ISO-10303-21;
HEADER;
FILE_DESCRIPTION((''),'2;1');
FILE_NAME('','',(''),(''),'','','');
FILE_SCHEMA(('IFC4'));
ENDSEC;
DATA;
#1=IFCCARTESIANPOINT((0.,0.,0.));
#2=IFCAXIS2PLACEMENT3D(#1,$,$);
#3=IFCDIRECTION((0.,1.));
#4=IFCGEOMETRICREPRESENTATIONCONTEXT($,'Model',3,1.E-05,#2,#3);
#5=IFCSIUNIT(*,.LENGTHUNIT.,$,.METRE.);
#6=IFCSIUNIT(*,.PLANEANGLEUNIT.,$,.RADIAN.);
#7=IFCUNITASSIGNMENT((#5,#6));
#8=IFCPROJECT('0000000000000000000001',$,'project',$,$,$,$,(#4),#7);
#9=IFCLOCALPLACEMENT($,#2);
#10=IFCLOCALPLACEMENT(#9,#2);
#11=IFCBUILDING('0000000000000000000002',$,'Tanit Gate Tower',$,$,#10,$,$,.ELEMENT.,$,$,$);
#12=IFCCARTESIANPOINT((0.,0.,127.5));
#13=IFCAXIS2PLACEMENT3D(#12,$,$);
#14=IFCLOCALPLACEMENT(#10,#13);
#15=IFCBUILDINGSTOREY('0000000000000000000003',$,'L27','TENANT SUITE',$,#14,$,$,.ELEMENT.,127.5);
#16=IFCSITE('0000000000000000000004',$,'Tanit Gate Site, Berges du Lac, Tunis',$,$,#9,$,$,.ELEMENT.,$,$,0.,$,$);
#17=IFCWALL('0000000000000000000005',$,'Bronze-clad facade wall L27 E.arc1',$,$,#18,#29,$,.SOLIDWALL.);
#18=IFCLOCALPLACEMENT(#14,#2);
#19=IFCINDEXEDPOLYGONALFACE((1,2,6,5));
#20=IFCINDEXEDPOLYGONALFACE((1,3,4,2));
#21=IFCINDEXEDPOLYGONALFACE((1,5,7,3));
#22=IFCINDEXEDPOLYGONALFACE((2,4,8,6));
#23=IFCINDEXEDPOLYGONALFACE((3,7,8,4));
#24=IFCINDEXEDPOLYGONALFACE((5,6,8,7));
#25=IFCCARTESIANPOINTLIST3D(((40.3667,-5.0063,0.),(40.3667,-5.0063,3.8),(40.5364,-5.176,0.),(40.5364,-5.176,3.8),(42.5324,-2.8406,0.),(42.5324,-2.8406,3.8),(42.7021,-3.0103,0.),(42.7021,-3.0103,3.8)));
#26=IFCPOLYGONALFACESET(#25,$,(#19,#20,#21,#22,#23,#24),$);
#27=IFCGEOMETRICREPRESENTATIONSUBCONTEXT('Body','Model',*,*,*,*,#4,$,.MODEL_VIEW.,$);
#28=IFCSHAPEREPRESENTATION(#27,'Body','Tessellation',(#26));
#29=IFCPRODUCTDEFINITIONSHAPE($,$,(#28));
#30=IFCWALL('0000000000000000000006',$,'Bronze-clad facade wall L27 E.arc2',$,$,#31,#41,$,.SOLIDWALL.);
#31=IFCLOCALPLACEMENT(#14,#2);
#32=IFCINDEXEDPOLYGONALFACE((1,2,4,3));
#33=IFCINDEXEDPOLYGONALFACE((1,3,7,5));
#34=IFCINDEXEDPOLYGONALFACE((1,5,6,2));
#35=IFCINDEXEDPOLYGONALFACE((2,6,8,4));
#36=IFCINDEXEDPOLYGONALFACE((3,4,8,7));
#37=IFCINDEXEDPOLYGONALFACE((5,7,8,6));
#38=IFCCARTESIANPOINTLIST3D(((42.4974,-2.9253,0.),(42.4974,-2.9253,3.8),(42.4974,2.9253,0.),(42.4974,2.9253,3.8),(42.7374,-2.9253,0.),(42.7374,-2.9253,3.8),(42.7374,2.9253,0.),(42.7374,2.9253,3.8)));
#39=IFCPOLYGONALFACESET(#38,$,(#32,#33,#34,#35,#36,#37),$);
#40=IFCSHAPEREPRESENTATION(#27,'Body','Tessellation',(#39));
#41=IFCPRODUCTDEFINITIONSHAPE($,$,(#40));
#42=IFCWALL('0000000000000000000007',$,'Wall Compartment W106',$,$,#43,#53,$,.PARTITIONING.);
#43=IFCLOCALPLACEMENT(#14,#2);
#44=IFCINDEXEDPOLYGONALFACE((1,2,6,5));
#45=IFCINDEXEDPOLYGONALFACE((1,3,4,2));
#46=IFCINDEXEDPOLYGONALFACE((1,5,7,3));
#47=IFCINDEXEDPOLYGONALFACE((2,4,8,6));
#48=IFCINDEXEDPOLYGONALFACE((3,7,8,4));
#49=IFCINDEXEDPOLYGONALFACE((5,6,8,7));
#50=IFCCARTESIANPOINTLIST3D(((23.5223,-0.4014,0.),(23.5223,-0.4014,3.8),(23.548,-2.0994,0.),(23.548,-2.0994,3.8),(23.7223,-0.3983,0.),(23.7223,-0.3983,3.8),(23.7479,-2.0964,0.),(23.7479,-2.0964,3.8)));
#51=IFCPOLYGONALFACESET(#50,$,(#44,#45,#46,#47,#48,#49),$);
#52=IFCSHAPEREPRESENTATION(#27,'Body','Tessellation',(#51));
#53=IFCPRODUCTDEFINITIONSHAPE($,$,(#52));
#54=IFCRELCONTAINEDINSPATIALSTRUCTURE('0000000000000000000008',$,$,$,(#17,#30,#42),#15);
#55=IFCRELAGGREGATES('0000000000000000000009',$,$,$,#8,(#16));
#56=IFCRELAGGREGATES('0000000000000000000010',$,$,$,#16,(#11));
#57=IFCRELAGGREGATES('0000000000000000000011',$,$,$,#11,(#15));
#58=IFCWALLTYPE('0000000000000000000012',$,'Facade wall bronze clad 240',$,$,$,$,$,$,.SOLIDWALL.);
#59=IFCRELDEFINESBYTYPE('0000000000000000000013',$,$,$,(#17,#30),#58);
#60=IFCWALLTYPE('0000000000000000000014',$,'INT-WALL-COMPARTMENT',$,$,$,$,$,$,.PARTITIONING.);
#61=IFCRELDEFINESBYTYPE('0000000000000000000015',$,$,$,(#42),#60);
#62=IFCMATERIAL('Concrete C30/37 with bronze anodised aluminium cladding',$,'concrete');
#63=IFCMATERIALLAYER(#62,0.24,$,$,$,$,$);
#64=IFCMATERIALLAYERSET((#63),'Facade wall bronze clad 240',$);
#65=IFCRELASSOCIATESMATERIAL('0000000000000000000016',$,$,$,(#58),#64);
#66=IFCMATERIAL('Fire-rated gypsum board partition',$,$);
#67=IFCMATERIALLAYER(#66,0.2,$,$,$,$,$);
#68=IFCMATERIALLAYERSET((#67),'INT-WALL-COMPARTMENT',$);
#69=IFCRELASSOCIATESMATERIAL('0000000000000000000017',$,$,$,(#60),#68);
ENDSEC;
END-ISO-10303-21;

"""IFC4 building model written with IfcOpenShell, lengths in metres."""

from ifc_helpers import new_model, si_unit, direction, frame, frame_2d, origin, place, context, subcontext, project, spatial, rectangle, extrude, material, layer, layer_set, type_object, element, save


model = new_model("IFC4")

# Units and contexts
model_context = context("Model", 3, precision=1e-05, world=origin(), true_north=direction((0.0, 1.0)))
body_context = subcontext(model_context, "Body", "Model", "MODEL_VIEW")
ifc_project = project(units=[si_unit("LENGTHUNIT", "METRE"), si_unit("PLANEANGLEUNIT", "RADIAN")], contexts=[model_context])

# Site, building, storey
site_placement = place(None, origin())
site = spatial("IfcSite", under=ifc_project, at=site_placement, Name="Tanit Gate Site, Berges du Lac, Tunis", CompositionType="ELEMENT", RefElevation=0.0)
building_placement = place(site_placement, origin())
building = spatial("IfcBuilding", under=site, at=building_placement, Name="Tanit Gate Tower", CompositionType="ELEMENT")
storey_placement = place(building_placement, frame((0.0, 0.0, 127.5)))
storey = spatial("IfcBuildingStorey", under=building, at=storey_placement, Name="L27", Description="TENANT SUITE", CompositionType="ELEMENT", Elevation=127.5)

# Walls
ifc_material_1 = material(Name="Concrete C30/37 with bronze anodised aluminium cladding", Category="concrete")
ifc_layer_1 = layer(ifc_material_1, 0.24)
ifc_layer_set_1 = layer_set([ifc_layer_1], Name="Facade wall bronze clad 240")
wall_type_1 = type_object("IfcWallType", Name="Facade wall bronze clad 240", PredefinedType="SOLIDWALL", material=ifc_layer_set_1)
wall_1_placement = place(storey_placement, frame((40.4517, -5.0911, 0.0), z_axis=(0.0, 0.0, 1.0), x_axis=(0.707107, 0.707107, 0.0)))
element("IfcWall", 1, at=wall_1_placement, inside=storey, type_object=wall_type_1, Name="Bronze-clad facade wall L27 E.arc1", PredefinedType="SOLIDWALL", context=body_context, shape_type="SweptSolid", body=[
    extrude(rectangle(XDim=3.0627, YDim=0.24, at=frame_2d((1.5312, 0.0))), origin(), (0.0, 0.0, 1.0), 3.8),
])
wall_2_placement = place(storey_placement, frame((42.6174, -2.9253, 0.0), z_axis=(0.0, 0.0, 1.0), x_axis=(0.0, 1.0, 0.0)))
element("IfcWall", 2, at=wall_2_placement, inside=storey, type_object=wall_type_1, Name="Bronze-clad facade wall L27 E.arc2", PredefinedType="SOLIDWALL", context=body_context, shape_type="SweptSolid", body=[
    extrude(rectangle(XDim=5.8506, YDim=0.24, at=frame_2d((2.9253, 0.0))), origin(), (0.0, 0.0, 1.0), 3.8),
])
ifc_material_2 = material(Name="Fire-rated gypsum board partition")
ifc_layer_2 = layer(ifc_material_2, 0.2)
ifc_layer_set_2 = layer_set([ifc_layer_2], Name="INT-WALL-COMPARTMENT")
wall_type_2 = type_object("IfcWallType", Name="INT-WALL-COMPARTMENT", PredefinedType="PARTITIONING", material=ifc_layer_set_2)
wall_3_placement = place(storey_placement, frame((23.6479, -2.0979, 0.0), z_axis=(0.0, 0.0, 1.0), x_axis=(-0.015095, 0.999886, 0.0)))
element("IfcWall", 3, at=wall_3_placement, inside=storey, type_object=wall_type_2, Name="Wall Compartment W106", PredefinedType="PARTITIONING", context=body_context, shape_type="SweptSolid", body=[
    extrude(rectangle(XDim=1.6982, YDim=0.2, at=frame_2d((0.8491, 0.0))), origin(), (0.0, 0.0, 1.0), 3.8),
])

save(model, "model.ifc")
